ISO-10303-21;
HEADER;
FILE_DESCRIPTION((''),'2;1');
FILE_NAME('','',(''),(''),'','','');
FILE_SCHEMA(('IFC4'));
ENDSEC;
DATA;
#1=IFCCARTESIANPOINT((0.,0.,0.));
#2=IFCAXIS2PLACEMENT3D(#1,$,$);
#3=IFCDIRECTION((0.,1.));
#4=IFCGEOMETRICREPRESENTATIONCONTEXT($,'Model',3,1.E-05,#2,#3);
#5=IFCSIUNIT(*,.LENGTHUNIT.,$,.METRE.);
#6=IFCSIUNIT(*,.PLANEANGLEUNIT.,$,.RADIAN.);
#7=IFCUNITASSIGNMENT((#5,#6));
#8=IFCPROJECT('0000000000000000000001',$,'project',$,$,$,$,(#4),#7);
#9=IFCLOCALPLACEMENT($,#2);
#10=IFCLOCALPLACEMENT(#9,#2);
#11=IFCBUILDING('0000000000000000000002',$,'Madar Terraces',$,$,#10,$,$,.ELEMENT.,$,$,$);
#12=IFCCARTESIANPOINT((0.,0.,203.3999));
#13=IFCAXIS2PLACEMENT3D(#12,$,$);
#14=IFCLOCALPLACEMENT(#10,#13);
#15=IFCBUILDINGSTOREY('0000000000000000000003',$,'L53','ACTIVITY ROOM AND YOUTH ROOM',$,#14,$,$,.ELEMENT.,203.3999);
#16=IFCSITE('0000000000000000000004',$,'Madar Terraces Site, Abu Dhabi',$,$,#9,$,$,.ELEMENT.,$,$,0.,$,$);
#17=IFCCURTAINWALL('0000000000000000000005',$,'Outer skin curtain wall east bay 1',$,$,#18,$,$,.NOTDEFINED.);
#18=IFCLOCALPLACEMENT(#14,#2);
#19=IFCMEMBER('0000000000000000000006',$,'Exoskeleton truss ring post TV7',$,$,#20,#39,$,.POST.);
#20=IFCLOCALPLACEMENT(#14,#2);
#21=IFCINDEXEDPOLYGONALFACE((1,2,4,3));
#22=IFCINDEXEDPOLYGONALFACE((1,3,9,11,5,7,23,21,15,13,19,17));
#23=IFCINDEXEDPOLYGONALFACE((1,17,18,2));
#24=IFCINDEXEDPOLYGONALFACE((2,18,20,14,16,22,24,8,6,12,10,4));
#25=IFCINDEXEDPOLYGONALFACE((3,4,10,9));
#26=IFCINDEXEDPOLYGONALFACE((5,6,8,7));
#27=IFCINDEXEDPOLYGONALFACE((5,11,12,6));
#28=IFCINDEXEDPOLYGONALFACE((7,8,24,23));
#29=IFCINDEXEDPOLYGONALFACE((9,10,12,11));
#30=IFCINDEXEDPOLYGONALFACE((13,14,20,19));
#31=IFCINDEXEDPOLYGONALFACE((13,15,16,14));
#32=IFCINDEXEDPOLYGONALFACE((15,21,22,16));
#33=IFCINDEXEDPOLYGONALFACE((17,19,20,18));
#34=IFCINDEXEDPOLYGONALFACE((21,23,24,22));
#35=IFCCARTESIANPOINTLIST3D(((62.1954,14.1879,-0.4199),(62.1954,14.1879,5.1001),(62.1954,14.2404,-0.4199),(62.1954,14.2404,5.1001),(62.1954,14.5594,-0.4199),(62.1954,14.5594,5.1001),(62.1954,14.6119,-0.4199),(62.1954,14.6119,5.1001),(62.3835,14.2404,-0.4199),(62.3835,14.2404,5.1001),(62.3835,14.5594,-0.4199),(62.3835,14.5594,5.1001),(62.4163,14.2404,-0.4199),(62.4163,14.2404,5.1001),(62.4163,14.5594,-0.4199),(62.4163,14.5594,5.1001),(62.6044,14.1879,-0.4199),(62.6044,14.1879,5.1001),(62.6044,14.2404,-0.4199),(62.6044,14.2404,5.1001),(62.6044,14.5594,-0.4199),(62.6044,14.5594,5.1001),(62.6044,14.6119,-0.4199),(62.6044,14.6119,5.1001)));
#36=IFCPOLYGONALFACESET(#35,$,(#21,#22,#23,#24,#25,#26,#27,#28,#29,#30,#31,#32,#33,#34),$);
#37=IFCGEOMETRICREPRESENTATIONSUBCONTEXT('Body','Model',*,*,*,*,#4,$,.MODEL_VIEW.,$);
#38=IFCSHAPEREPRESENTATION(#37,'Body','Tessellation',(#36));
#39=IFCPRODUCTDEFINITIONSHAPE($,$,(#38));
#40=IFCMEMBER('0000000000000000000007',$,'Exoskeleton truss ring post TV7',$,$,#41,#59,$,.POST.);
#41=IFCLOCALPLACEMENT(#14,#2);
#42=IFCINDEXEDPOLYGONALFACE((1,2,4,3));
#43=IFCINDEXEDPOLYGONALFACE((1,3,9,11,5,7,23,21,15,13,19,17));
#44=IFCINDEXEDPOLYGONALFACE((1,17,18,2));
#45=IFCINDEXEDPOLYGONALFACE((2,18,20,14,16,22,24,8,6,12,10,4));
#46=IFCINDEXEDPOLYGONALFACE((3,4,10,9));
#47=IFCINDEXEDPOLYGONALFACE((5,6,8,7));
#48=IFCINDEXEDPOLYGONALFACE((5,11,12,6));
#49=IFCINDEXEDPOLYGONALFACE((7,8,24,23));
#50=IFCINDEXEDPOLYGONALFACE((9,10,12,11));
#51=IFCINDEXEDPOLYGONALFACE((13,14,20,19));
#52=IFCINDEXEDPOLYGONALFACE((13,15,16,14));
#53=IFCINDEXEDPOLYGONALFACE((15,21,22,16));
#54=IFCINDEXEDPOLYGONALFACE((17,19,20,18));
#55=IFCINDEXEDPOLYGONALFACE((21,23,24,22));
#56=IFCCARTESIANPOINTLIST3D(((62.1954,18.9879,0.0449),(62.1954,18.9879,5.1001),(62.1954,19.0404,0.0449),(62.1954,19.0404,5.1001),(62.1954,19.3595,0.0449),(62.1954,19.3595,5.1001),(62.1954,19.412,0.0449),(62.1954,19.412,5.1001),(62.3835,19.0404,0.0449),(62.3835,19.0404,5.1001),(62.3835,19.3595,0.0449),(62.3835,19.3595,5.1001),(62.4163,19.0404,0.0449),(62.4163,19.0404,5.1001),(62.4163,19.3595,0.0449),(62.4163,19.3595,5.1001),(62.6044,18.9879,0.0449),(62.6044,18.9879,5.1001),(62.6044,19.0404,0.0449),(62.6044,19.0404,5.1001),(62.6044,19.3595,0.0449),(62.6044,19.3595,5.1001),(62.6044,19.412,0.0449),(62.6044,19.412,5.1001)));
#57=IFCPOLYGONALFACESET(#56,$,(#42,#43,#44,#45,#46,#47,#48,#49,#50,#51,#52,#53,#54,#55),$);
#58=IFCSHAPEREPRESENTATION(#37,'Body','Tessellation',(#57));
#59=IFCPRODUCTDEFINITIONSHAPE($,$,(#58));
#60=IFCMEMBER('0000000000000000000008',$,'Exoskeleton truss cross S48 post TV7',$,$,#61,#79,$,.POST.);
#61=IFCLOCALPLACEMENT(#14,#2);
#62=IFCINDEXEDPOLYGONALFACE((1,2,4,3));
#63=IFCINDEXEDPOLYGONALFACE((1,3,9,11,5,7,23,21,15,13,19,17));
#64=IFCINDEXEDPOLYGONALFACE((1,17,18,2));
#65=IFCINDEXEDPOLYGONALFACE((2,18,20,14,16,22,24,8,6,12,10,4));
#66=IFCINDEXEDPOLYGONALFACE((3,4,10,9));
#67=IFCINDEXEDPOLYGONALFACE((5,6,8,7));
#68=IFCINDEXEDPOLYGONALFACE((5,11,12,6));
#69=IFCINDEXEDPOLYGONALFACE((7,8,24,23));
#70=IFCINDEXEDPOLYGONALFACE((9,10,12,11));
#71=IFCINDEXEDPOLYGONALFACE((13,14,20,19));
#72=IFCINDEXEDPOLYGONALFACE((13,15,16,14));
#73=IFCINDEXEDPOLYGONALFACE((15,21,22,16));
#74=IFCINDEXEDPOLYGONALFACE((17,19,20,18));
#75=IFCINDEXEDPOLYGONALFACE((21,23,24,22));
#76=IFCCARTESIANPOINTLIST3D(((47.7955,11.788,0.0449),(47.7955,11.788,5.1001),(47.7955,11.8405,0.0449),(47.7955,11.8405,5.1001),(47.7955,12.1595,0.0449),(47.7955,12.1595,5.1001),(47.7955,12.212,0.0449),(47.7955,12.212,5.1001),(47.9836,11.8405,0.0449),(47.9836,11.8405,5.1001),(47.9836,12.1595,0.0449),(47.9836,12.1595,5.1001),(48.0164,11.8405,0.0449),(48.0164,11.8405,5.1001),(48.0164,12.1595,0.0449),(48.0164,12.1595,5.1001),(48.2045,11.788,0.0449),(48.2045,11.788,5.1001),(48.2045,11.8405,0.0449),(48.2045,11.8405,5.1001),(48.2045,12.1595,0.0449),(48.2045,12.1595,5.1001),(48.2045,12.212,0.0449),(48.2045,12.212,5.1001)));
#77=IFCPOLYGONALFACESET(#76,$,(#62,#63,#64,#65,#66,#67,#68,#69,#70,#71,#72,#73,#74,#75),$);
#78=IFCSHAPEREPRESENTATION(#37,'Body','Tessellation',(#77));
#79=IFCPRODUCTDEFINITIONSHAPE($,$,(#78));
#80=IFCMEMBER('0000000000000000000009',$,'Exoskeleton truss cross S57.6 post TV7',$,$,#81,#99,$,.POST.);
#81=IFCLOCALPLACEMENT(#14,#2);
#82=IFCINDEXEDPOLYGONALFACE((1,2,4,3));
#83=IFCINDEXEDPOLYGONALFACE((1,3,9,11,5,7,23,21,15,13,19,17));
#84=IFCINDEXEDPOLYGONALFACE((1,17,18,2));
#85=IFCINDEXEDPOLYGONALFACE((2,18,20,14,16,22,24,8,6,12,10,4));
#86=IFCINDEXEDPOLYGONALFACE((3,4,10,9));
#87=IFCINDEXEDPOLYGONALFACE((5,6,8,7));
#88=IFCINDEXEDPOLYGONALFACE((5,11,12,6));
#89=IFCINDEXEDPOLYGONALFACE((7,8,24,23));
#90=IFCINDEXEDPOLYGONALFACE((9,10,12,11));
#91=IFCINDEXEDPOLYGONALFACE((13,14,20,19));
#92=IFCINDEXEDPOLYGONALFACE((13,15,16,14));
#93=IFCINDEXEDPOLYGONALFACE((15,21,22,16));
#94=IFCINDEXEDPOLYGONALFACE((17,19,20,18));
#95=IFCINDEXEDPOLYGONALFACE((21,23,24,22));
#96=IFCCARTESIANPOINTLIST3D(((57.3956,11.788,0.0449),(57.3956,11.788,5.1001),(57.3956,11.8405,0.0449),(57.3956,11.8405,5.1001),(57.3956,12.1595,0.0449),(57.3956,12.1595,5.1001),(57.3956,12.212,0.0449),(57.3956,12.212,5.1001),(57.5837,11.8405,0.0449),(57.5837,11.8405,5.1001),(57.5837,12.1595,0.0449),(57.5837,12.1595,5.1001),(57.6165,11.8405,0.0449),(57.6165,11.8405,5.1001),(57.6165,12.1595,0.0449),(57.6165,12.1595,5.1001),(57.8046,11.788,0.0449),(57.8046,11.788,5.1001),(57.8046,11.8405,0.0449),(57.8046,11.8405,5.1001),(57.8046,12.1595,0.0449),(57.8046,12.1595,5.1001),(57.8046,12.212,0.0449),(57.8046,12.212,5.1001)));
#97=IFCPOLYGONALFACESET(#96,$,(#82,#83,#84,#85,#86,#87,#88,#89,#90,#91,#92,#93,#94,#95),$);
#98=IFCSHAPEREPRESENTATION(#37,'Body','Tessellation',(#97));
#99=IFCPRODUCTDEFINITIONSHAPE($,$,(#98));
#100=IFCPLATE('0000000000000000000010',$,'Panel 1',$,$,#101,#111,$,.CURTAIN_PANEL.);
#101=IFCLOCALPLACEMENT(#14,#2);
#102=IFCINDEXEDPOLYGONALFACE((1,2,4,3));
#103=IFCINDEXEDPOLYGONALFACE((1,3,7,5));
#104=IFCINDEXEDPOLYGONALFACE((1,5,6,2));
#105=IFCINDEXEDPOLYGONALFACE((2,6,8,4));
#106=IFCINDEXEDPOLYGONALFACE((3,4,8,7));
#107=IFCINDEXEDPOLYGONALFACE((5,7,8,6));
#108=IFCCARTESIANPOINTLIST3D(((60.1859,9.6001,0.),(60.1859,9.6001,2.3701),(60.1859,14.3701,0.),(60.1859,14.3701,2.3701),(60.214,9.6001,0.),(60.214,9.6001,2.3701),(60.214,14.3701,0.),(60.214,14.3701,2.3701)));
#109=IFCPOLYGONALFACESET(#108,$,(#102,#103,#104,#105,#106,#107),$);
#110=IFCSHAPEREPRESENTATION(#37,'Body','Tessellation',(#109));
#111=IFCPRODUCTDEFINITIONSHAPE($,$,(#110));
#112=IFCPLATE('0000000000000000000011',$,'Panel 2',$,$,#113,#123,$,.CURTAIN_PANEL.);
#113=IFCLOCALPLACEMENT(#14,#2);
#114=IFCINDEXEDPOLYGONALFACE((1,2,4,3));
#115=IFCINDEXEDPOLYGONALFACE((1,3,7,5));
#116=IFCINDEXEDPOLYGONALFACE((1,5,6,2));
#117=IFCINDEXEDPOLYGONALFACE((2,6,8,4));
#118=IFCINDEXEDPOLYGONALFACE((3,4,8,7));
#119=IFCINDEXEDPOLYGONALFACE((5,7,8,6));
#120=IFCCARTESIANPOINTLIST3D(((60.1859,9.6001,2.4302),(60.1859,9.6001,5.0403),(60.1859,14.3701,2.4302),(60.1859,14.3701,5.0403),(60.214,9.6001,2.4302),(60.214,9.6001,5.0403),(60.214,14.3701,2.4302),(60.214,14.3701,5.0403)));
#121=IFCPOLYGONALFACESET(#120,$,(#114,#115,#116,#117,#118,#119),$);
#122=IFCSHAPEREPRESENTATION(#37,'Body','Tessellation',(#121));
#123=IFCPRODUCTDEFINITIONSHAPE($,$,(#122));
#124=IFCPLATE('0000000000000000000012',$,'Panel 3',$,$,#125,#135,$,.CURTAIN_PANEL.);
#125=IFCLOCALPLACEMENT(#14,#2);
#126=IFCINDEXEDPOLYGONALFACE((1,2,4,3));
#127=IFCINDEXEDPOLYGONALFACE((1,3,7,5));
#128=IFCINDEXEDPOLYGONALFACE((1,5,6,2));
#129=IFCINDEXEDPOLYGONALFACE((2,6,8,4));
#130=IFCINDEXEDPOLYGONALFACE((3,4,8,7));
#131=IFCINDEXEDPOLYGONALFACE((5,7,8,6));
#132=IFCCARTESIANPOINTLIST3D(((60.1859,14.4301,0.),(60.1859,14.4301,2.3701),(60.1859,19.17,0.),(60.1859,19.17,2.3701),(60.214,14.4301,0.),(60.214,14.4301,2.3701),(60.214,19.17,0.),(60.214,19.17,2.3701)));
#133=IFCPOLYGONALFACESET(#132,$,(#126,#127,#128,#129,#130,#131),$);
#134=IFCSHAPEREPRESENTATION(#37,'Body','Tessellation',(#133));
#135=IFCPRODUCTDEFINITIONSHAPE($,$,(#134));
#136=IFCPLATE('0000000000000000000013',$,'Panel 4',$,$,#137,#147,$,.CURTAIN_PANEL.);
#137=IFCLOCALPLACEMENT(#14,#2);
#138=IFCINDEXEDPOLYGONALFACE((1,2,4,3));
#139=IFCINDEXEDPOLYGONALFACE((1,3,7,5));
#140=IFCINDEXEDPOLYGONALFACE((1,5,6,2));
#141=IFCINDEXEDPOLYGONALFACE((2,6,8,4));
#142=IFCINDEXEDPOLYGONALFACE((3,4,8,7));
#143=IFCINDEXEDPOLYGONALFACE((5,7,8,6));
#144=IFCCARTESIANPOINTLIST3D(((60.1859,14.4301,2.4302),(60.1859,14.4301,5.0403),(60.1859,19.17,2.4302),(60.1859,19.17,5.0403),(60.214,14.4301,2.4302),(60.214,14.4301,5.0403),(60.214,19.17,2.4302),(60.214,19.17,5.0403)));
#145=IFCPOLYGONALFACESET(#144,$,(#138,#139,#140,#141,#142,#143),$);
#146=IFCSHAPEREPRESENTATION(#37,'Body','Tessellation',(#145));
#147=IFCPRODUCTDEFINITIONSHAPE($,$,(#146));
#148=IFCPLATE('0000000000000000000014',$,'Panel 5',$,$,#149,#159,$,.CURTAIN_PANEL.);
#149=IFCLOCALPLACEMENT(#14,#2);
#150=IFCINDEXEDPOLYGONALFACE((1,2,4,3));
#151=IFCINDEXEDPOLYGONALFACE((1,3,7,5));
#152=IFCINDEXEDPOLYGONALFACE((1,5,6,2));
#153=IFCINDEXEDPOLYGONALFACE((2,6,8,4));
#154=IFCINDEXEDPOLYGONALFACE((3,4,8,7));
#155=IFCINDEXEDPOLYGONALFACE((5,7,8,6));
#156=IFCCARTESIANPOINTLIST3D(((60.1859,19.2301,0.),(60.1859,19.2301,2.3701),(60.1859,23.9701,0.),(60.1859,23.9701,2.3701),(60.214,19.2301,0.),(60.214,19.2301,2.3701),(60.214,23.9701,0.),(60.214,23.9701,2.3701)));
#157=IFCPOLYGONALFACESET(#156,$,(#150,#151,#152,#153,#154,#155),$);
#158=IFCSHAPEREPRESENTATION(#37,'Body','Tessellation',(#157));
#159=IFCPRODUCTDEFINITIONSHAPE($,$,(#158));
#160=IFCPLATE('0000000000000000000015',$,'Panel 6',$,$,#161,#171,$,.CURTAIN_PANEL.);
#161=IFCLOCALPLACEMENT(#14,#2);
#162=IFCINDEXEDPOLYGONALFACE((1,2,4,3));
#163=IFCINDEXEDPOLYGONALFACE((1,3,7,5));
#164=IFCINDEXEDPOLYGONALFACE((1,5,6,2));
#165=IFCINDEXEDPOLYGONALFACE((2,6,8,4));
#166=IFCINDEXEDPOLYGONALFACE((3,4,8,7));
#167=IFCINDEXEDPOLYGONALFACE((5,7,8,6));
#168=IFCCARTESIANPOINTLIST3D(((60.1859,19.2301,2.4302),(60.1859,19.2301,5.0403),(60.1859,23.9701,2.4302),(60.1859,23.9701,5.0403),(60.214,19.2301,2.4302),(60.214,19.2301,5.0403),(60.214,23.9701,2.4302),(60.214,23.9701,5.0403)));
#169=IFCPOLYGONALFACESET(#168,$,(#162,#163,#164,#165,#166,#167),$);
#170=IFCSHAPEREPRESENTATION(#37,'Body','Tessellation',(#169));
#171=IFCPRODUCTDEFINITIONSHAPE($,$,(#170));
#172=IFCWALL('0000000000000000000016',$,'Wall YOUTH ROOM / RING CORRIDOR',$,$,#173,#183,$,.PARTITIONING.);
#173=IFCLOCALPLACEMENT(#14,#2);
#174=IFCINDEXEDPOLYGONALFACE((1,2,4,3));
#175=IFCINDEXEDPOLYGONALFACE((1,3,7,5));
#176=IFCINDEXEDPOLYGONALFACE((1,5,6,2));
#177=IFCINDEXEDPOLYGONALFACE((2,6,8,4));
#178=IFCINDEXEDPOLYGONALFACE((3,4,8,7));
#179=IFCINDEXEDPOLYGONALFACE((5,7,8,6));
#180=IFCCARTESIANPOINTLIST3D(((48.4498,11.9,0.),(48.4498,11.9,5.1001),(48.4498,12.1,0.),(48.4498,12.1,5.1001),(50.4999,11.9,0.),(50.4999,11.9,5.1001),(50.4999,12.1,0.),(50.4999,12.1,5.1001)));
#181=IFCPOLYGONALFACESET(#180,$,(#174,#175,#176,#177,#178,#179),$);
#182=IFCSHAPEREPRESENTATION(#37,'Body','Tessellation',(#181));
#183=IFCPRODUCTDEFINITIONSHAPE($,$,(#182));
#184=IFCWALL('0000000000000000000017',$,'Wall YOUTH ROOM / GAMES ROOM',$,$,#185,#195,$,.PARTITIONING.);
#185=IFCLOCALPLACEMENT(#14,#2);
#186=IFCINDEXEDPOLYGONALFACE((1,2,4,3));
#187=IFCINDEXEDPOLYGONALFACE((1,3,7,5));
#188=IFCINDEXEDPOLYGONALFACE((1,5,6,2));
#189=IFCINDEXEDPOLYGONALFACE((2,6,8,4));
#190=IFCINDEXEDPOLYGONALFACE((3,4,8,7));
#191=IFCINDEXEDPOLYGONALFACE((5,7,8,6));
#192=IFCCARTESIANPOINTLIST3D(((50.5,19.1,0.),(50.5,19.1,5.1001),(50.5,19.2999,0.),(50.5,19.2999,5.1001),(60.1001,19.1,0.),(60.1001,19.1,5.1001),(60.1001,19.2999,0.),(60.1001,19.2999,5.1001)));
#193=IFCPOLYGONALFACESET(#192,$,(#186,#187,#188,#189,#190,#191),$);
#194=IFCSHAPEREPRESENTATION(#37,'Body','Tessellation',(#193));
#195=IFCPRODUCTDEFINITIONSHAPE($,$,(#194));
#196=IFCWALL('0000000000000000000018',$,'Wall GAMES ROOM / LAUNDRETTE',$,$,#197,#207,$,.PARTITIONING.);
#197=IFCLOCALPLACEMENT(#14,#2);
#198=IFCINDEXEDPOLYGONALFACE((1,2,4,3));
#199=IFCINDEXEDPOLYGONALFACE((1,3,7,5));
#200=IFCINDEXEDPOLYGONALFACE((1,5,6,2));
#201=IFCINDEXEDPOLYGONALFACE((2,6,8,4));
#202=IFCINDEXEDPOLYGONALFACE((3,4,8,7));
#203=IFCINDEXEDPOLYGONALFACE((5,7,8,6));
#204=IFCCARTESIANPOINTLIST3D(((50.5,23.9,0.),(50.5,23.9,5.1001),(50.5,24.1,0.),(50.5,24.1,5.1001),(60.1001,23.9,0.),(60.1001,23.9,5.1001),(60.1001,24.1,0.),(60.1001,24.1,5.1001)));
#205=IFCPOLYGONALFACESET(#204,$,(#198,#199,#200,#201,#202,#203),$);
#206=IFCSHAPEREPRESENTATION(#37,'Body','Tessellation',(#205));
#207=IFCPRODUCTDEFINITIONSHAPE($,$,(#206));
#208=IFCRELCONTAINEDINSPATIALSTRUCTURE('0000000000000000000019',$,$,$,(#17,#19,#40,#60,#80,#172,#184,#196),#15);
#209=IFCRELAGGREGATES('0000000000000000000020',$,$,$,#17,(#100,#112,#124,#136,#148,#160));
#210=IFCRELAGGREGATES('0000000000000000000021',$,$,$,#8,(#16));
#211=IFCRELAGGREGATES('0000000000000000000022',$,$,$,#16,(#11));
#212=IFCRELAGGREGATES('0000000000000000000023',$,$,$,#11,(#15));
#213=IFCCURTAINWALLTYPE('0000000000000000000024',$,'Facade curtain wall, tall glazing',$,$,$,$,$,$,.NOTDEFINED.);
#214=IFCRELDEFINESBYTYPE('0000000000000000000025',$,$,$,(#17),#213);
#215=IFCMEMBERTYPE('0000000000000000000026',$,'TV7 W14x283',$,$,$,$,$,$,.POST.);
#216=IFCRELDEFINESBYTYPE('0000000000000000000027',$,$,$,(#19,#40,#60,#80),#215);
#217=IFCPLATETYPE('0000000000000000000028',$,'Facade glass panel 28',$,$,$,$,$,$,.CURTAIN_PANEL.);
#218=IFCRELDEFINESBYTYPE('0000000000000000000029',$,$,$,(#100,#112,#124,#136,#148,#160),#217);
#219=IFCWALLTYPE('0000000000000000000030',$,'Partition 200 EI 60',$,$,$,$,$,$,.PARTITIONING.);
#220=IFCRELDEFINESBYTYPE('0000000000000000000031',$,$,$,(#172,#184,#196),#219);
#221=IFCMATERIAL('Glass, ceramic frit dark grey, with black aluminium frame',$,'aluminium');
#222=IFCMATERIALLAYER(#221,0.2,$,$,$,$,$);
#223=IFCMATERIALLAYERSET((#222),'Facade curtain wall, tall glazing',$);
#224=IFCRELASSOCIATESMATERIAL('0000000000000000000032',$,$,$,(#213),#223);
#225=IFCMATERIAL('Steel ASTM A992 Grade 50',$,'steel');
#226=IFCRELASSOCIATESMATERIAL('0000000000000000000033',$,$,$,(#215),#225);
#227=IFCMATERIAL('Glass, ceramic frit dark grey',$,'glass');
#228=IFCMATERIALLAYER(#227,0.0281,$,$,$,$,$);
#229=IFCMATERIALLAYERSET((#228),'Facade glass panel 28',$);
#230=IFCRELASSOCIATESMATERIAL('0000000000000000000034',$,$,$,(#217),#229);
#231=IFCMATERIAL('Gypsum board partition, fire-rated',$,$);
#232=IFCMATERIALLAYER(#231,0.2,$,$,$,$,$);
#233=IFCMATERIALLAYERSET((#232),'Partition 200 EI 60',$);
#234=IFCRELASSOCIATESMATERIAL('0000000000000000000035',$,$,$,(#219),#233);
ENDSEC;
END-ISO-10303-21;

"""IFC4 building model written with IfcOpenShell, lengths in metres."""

from ifc_helpers import new_model, si_unit, direction, frame, frame_2d, origin, origin_2d, place, context, subcontext, project, spatial, rectangle, i_section, extrude, material, layer, layer_set, material_profile, profile_set, type_object, element, aggregate, save


model = new_model("IFC4")

# Units and contexts
model_context = context("Model", 3, precision=1e-05, world=origin(), true_north=direction((0.0, 1.0)))
body_context = subcontext(model_context, "Body", "Model", "MODEL_VIEW")
ifc_project = project(units=[si_unit("LENGTHUNIT", "METRE"), si_unit("PLANEANGLEUNIT", "RADIAN")], contexts=[model_context])

# Site, building, storey
site_placement = place(None, origin())
site = spatial("IfcSite", under=ifc_project, at=site_placement, Name="Madar Terraces Site, Abu Dhabi", CompositionType="ELEMENT", RefElevation=0.0)
building_placement = place(site_placement, origin())
building = spatial("IfcBuilding", under=site, at=building_placement, Name="Madar Terraces", CompositionType="ELEMENT")
storey_placement = place(building_placement, frame((0.0, 0.0, 203.3999)))
storey = spatial("IfcBuildingStorey", under=building, at=storey_placement, Name="L53", Description="ACTIVITY ROOM AND YOUTH ROOM", CompositionType="ELEMENT", Elevation=203.3999)

# Curtain wall
ifc_material_1 = material(Name="Glass, ceramic frit dark grey, with black aluminium frame", Category="aluminium")
ifc_layer_1 = layer(ifc_material_1, 0.2)
ifc_layer_set_1 = layer_set([ifc_layer_1], Name="Facade curtain wall, tall glazing")
curtain_wall_type = type_object("IfcCurtainWallType", Name="Facade curtain wall, tall glazing", PredefinedType="NOTDEFINED", material=ifc_layer_set_1)
curtain_wall_placement = place(storey_placement, origin())
curtain_wall = element("IfcCurtainWall", 1, at=curtain_wall_placement, inside=storey, type_object=curtain_wall_type, Name="Outer skin curtain wall east bay 1", PredefinedType="NOTDEFINED")

# Members
ifc_material_2 = material(Name="Steel ASTM A992 Grade 50", Category="steel")
ifc_material_profile_1 = material_profile(ifc_material_2, i_section(OverallWidth=0.4089, OverallDepth=0.4241, WebThickness=0.0327, FlangeThickness=0.0525, at=origin_2d()), Name="W14x283")
ifc_profile_set_1 = profile_set([ifc_material_profile_1], Name="Steel ASTM A992 Grade 50")
member_type_1 = type_object("IfcMemberType", Name="TV7 W14x283", PredefinedType="POST", material=ifc_profile_set_1)
member_1_placement = place(storey_placement, frame((62.3999, 14.3999, -0.4199), z_axis=(0.0, 0.0, 1.0), x_axis=(-1.0, 0.0, 0.0)))
element("IfcMember", 2, at=member_1_placement, inside=storey, type_object=member_type_1, Name="Exoskeleton truss ring post TV7", PredefinedType="POST", context=body_context, shape_type="SweptSolid", body=[
    extrude(i_section(OverallWidth=0.4089, OverallDepth=0.4241, WebThickness=0.0327, FlangeThickness=0.0525, at=origin_2d()), origin(), (0.0, 0.0, 1.0), 5.52),
])
for number, where, z_axis, x_axis, name in (
    (3, (62.3999, 19.2, 0.0449), (0.0, 0.0, 1.0), (-1.0, 0.0, 0.0), "Exoskeleton truss ring post TV7"),
    (4, (48.0, 12.0, 0.0449), (0.0, 0.0, 1.0), (-1.0, 0.0, 0.0), "Exoskeleton truss cross S48 post TV7"),
    (5, (57.6001, 12.0, 0.0449), (0.0, 0.0, 1.0), (-1.0, 0.0, 0.0), "Exoskeleton truss cross S57.6 post TV7"),
):
    element("IfcMember", number, at=place(storey_placement, frame(where, z_axis=z_axis, x_axis=x_axis)), inside=storey, type_object=member_type_1, Name=name, PredefinedType="POST", context=body_context, shape_type="SweptSolid", body=[
        extrude(i_section(OverallWidth=0.4089, OverallDepth=0.4241, WebThickness=0.0327, FlangeThickness=0.0525, at=origin_2d()), origin(), (0.0, 0.0, 1.0), 5.0552),
    ])

# Plates
ifc_material_3 = material(Name="Glass, ceramic frit dark grey", Category="glass")
ifc_layer_2 = layer(ifc_material_3, 0.0281)
ifc_layer_set_2 = layer_set([ifc_layer_2], Name="Facade glass panel 28")
plate_type = type_object("IfcPlateType", Name="Facade glass panel 28", PredefinedType="CURTAIN_PANEL", material=ifc_layer_set_2)
plate_1_placement = place(storey_placement, frame((60.2, 11.9851, 0.0), z_axis=(0.0, 0.0, 1.0), x_axis=(0.0, 1.0, 0.0)))
plate_1 = element("IfcPlate", 6, at=plate_1_placement, type_object=plate_type, Name="Panel 1", PredefinedType="CURTAIN_PANEL", context=body_context, shape_type="SweptSolid", body=[
    extrude(rectangle(XDim=4.77, YDim=0.0281, at=origin_2d()), origin(), (0.0, 0.0, 1.0), 2.3701),
])
plate_2_placement = place(storey_placement, frame((60.2, 11.9851, 2.4302), z_axis=(0.0, 0.0, 1.0), x_axis=(0.0, 1.0, 0.0)))
plate_2 = element("IfcPlate", 7, at=plate_2_placement, type_object=plate_type, Name="Panel 2", PredefinedType="CURTAIN_PANEL", context=body_context, shape_type="SweptSolid", body=[
    extrude(rectangle(XDim=4.77, YDim=0.0281, at=origin_2d()), origin(), (0.0, 0.0, 1.0), 2.6101),
])
plate_3_placement = place(storey_placement, frame((60.2, 16.8, 0.0), z_axis=(0.0, 0.0, 1.0), x_axis=(0.0, 1.0, 0.0)))
plate_3 = element("IfcPlate", 8, at=plate_3_placement, type_object=plate_type, Name="Panel 3", PredefinedType="CURTAIN_PANEL", context=body_context, shape_type="SweptSolid", body=[
    extrude(rectangle(XDim=4.74, YDim=0.0281, at=origin_2d()), origin(), (0.0, 0.0, 1.0), 2.3701),
])
plate_4_placement = place(storey_placement, frame((60.2, 16.8, 2.4302), z_axis=(0.0, 0.0, 1.0), x_axis=(0.0, 1.0, 0.0)))
plate_4 = element("IfcPlate", 9, at=plate_4_placement, type_object=plate_type, Name="Panel 4", PredefinedType="CURTAIN_PANEL", context=body_context, shape_type="SweptSolid", body=[
    extrude(rectangle(XDim=4.74, YDim=0.0281, at=origin_2d()), origin(), (0.0, 0.0, 1.0), 2.6101),
])
plate_5_placement = place(storey_placement, frame((60.2, 21.6001, 0.0), z_axis=(0.0, 0.0, 1.0), x_axis=(0.0, 1.0, 0.0)))
plate_5 = element("IfcPlate", 10, at=plate_5_placement, type_object=plate_type, Name="Panel 5", PredefinedType="CURTAIN_PANEL", context=body_context, shape_type="SweptSolid", body=[
    extrude(rectangle(XDim=4.74, YDim=0.0281, at=origin_2d()), origin(), (0.0, 0.0, 1.0), 2.3701),
])
plate_6_placement = place(storey_placement, frame((60.2, 21.6001, 2.4302), z_axis=(0.0, 0.0, 1.0), x_axis=(0.0, 1.0, 0.0)))
plate_6 = element("IfcPlate", 11, at=plate_6_placement, type_object=plate_type, Name="Panel 6", PredefinedType="CURTAIN_PANEL", context=body_context, shape_type="SweptSolid", body=[
    extrude(rectangle(XDim=4.74, YDim=0.0281, at=origin_2d()), origin(), (0.0, 0.0, 1.0), 2.6101),
])
aggregate(curtain_wall, [plate_1, plate_2, plate_3, plate_4, plate_5, plate_6])

# Walls
ifc_material_4 = material(Name="Gypsum board partition, fire-rated")
ifc_layer_3 = layer(ifc_material_4, 0.2)
ifc_layer_set_3 = layer_set([ifc_layer_3], Name="Partition 200 EI 60")
wall_type_1 = type_object("IfcWallType", Name="Partition 200 EI 60", PredefinedType="PARTITIONING", material=ifc_layer_set_3)
wall_1_placement = place(storey_placement, frame((48.45, 12.0, 0.0), z_axis=(0.0, 0.0, 1.0), x_axis=(1.0, 0.0, 0.0)))
element("IfcWall", 12, at=wall_1_placement, inside=storey, type_object=wall_type_1, Name="Wall YOUTH ROOM / RING CORRIDOR", PredefinedType="PARTITIONING", context=body_context, shape_type="SweptSolid", body=[
    extrude(rectangle(XDim=2.05, YDim=0.2, at=frame_2d((1.0249, 0.0))), origin(), (0.0, 0.0, 1.0), 5.1001),
])
for number, where, z_axis, x_axis, name in (
    (13, (50.5, 19.2, 0.0), (0.0, 0.0, 1.0), (1.0, 0.0, 0.0), "Wall YOUTH ROOM / GAMES ROOM"),
    (14, (50.5, 24.0, 0.0), (0.0, 0.0, 1.0), (1.0, 0.0, 0.0), "Wall GAMES ROOM / LAUNDRETTE"),
):
    element("IfcWall", number, at=place(storey_placement, frame(where, z_axis=z_axis, x_axis=x_axis)), inside=storey, type_object=wall_type_1, Name=name, PredefinedType="PARTITIONING", context=body_context, shape_type="SweptSolid", body=[
        extrude(rectangle(XDim=9.6001, YDim=0.2, at=frame_2d((4.8, 0.0))), origin(), (0.0, 0.0, 1.0), 5.1001),
    ])

save(model, "model.ifc")
